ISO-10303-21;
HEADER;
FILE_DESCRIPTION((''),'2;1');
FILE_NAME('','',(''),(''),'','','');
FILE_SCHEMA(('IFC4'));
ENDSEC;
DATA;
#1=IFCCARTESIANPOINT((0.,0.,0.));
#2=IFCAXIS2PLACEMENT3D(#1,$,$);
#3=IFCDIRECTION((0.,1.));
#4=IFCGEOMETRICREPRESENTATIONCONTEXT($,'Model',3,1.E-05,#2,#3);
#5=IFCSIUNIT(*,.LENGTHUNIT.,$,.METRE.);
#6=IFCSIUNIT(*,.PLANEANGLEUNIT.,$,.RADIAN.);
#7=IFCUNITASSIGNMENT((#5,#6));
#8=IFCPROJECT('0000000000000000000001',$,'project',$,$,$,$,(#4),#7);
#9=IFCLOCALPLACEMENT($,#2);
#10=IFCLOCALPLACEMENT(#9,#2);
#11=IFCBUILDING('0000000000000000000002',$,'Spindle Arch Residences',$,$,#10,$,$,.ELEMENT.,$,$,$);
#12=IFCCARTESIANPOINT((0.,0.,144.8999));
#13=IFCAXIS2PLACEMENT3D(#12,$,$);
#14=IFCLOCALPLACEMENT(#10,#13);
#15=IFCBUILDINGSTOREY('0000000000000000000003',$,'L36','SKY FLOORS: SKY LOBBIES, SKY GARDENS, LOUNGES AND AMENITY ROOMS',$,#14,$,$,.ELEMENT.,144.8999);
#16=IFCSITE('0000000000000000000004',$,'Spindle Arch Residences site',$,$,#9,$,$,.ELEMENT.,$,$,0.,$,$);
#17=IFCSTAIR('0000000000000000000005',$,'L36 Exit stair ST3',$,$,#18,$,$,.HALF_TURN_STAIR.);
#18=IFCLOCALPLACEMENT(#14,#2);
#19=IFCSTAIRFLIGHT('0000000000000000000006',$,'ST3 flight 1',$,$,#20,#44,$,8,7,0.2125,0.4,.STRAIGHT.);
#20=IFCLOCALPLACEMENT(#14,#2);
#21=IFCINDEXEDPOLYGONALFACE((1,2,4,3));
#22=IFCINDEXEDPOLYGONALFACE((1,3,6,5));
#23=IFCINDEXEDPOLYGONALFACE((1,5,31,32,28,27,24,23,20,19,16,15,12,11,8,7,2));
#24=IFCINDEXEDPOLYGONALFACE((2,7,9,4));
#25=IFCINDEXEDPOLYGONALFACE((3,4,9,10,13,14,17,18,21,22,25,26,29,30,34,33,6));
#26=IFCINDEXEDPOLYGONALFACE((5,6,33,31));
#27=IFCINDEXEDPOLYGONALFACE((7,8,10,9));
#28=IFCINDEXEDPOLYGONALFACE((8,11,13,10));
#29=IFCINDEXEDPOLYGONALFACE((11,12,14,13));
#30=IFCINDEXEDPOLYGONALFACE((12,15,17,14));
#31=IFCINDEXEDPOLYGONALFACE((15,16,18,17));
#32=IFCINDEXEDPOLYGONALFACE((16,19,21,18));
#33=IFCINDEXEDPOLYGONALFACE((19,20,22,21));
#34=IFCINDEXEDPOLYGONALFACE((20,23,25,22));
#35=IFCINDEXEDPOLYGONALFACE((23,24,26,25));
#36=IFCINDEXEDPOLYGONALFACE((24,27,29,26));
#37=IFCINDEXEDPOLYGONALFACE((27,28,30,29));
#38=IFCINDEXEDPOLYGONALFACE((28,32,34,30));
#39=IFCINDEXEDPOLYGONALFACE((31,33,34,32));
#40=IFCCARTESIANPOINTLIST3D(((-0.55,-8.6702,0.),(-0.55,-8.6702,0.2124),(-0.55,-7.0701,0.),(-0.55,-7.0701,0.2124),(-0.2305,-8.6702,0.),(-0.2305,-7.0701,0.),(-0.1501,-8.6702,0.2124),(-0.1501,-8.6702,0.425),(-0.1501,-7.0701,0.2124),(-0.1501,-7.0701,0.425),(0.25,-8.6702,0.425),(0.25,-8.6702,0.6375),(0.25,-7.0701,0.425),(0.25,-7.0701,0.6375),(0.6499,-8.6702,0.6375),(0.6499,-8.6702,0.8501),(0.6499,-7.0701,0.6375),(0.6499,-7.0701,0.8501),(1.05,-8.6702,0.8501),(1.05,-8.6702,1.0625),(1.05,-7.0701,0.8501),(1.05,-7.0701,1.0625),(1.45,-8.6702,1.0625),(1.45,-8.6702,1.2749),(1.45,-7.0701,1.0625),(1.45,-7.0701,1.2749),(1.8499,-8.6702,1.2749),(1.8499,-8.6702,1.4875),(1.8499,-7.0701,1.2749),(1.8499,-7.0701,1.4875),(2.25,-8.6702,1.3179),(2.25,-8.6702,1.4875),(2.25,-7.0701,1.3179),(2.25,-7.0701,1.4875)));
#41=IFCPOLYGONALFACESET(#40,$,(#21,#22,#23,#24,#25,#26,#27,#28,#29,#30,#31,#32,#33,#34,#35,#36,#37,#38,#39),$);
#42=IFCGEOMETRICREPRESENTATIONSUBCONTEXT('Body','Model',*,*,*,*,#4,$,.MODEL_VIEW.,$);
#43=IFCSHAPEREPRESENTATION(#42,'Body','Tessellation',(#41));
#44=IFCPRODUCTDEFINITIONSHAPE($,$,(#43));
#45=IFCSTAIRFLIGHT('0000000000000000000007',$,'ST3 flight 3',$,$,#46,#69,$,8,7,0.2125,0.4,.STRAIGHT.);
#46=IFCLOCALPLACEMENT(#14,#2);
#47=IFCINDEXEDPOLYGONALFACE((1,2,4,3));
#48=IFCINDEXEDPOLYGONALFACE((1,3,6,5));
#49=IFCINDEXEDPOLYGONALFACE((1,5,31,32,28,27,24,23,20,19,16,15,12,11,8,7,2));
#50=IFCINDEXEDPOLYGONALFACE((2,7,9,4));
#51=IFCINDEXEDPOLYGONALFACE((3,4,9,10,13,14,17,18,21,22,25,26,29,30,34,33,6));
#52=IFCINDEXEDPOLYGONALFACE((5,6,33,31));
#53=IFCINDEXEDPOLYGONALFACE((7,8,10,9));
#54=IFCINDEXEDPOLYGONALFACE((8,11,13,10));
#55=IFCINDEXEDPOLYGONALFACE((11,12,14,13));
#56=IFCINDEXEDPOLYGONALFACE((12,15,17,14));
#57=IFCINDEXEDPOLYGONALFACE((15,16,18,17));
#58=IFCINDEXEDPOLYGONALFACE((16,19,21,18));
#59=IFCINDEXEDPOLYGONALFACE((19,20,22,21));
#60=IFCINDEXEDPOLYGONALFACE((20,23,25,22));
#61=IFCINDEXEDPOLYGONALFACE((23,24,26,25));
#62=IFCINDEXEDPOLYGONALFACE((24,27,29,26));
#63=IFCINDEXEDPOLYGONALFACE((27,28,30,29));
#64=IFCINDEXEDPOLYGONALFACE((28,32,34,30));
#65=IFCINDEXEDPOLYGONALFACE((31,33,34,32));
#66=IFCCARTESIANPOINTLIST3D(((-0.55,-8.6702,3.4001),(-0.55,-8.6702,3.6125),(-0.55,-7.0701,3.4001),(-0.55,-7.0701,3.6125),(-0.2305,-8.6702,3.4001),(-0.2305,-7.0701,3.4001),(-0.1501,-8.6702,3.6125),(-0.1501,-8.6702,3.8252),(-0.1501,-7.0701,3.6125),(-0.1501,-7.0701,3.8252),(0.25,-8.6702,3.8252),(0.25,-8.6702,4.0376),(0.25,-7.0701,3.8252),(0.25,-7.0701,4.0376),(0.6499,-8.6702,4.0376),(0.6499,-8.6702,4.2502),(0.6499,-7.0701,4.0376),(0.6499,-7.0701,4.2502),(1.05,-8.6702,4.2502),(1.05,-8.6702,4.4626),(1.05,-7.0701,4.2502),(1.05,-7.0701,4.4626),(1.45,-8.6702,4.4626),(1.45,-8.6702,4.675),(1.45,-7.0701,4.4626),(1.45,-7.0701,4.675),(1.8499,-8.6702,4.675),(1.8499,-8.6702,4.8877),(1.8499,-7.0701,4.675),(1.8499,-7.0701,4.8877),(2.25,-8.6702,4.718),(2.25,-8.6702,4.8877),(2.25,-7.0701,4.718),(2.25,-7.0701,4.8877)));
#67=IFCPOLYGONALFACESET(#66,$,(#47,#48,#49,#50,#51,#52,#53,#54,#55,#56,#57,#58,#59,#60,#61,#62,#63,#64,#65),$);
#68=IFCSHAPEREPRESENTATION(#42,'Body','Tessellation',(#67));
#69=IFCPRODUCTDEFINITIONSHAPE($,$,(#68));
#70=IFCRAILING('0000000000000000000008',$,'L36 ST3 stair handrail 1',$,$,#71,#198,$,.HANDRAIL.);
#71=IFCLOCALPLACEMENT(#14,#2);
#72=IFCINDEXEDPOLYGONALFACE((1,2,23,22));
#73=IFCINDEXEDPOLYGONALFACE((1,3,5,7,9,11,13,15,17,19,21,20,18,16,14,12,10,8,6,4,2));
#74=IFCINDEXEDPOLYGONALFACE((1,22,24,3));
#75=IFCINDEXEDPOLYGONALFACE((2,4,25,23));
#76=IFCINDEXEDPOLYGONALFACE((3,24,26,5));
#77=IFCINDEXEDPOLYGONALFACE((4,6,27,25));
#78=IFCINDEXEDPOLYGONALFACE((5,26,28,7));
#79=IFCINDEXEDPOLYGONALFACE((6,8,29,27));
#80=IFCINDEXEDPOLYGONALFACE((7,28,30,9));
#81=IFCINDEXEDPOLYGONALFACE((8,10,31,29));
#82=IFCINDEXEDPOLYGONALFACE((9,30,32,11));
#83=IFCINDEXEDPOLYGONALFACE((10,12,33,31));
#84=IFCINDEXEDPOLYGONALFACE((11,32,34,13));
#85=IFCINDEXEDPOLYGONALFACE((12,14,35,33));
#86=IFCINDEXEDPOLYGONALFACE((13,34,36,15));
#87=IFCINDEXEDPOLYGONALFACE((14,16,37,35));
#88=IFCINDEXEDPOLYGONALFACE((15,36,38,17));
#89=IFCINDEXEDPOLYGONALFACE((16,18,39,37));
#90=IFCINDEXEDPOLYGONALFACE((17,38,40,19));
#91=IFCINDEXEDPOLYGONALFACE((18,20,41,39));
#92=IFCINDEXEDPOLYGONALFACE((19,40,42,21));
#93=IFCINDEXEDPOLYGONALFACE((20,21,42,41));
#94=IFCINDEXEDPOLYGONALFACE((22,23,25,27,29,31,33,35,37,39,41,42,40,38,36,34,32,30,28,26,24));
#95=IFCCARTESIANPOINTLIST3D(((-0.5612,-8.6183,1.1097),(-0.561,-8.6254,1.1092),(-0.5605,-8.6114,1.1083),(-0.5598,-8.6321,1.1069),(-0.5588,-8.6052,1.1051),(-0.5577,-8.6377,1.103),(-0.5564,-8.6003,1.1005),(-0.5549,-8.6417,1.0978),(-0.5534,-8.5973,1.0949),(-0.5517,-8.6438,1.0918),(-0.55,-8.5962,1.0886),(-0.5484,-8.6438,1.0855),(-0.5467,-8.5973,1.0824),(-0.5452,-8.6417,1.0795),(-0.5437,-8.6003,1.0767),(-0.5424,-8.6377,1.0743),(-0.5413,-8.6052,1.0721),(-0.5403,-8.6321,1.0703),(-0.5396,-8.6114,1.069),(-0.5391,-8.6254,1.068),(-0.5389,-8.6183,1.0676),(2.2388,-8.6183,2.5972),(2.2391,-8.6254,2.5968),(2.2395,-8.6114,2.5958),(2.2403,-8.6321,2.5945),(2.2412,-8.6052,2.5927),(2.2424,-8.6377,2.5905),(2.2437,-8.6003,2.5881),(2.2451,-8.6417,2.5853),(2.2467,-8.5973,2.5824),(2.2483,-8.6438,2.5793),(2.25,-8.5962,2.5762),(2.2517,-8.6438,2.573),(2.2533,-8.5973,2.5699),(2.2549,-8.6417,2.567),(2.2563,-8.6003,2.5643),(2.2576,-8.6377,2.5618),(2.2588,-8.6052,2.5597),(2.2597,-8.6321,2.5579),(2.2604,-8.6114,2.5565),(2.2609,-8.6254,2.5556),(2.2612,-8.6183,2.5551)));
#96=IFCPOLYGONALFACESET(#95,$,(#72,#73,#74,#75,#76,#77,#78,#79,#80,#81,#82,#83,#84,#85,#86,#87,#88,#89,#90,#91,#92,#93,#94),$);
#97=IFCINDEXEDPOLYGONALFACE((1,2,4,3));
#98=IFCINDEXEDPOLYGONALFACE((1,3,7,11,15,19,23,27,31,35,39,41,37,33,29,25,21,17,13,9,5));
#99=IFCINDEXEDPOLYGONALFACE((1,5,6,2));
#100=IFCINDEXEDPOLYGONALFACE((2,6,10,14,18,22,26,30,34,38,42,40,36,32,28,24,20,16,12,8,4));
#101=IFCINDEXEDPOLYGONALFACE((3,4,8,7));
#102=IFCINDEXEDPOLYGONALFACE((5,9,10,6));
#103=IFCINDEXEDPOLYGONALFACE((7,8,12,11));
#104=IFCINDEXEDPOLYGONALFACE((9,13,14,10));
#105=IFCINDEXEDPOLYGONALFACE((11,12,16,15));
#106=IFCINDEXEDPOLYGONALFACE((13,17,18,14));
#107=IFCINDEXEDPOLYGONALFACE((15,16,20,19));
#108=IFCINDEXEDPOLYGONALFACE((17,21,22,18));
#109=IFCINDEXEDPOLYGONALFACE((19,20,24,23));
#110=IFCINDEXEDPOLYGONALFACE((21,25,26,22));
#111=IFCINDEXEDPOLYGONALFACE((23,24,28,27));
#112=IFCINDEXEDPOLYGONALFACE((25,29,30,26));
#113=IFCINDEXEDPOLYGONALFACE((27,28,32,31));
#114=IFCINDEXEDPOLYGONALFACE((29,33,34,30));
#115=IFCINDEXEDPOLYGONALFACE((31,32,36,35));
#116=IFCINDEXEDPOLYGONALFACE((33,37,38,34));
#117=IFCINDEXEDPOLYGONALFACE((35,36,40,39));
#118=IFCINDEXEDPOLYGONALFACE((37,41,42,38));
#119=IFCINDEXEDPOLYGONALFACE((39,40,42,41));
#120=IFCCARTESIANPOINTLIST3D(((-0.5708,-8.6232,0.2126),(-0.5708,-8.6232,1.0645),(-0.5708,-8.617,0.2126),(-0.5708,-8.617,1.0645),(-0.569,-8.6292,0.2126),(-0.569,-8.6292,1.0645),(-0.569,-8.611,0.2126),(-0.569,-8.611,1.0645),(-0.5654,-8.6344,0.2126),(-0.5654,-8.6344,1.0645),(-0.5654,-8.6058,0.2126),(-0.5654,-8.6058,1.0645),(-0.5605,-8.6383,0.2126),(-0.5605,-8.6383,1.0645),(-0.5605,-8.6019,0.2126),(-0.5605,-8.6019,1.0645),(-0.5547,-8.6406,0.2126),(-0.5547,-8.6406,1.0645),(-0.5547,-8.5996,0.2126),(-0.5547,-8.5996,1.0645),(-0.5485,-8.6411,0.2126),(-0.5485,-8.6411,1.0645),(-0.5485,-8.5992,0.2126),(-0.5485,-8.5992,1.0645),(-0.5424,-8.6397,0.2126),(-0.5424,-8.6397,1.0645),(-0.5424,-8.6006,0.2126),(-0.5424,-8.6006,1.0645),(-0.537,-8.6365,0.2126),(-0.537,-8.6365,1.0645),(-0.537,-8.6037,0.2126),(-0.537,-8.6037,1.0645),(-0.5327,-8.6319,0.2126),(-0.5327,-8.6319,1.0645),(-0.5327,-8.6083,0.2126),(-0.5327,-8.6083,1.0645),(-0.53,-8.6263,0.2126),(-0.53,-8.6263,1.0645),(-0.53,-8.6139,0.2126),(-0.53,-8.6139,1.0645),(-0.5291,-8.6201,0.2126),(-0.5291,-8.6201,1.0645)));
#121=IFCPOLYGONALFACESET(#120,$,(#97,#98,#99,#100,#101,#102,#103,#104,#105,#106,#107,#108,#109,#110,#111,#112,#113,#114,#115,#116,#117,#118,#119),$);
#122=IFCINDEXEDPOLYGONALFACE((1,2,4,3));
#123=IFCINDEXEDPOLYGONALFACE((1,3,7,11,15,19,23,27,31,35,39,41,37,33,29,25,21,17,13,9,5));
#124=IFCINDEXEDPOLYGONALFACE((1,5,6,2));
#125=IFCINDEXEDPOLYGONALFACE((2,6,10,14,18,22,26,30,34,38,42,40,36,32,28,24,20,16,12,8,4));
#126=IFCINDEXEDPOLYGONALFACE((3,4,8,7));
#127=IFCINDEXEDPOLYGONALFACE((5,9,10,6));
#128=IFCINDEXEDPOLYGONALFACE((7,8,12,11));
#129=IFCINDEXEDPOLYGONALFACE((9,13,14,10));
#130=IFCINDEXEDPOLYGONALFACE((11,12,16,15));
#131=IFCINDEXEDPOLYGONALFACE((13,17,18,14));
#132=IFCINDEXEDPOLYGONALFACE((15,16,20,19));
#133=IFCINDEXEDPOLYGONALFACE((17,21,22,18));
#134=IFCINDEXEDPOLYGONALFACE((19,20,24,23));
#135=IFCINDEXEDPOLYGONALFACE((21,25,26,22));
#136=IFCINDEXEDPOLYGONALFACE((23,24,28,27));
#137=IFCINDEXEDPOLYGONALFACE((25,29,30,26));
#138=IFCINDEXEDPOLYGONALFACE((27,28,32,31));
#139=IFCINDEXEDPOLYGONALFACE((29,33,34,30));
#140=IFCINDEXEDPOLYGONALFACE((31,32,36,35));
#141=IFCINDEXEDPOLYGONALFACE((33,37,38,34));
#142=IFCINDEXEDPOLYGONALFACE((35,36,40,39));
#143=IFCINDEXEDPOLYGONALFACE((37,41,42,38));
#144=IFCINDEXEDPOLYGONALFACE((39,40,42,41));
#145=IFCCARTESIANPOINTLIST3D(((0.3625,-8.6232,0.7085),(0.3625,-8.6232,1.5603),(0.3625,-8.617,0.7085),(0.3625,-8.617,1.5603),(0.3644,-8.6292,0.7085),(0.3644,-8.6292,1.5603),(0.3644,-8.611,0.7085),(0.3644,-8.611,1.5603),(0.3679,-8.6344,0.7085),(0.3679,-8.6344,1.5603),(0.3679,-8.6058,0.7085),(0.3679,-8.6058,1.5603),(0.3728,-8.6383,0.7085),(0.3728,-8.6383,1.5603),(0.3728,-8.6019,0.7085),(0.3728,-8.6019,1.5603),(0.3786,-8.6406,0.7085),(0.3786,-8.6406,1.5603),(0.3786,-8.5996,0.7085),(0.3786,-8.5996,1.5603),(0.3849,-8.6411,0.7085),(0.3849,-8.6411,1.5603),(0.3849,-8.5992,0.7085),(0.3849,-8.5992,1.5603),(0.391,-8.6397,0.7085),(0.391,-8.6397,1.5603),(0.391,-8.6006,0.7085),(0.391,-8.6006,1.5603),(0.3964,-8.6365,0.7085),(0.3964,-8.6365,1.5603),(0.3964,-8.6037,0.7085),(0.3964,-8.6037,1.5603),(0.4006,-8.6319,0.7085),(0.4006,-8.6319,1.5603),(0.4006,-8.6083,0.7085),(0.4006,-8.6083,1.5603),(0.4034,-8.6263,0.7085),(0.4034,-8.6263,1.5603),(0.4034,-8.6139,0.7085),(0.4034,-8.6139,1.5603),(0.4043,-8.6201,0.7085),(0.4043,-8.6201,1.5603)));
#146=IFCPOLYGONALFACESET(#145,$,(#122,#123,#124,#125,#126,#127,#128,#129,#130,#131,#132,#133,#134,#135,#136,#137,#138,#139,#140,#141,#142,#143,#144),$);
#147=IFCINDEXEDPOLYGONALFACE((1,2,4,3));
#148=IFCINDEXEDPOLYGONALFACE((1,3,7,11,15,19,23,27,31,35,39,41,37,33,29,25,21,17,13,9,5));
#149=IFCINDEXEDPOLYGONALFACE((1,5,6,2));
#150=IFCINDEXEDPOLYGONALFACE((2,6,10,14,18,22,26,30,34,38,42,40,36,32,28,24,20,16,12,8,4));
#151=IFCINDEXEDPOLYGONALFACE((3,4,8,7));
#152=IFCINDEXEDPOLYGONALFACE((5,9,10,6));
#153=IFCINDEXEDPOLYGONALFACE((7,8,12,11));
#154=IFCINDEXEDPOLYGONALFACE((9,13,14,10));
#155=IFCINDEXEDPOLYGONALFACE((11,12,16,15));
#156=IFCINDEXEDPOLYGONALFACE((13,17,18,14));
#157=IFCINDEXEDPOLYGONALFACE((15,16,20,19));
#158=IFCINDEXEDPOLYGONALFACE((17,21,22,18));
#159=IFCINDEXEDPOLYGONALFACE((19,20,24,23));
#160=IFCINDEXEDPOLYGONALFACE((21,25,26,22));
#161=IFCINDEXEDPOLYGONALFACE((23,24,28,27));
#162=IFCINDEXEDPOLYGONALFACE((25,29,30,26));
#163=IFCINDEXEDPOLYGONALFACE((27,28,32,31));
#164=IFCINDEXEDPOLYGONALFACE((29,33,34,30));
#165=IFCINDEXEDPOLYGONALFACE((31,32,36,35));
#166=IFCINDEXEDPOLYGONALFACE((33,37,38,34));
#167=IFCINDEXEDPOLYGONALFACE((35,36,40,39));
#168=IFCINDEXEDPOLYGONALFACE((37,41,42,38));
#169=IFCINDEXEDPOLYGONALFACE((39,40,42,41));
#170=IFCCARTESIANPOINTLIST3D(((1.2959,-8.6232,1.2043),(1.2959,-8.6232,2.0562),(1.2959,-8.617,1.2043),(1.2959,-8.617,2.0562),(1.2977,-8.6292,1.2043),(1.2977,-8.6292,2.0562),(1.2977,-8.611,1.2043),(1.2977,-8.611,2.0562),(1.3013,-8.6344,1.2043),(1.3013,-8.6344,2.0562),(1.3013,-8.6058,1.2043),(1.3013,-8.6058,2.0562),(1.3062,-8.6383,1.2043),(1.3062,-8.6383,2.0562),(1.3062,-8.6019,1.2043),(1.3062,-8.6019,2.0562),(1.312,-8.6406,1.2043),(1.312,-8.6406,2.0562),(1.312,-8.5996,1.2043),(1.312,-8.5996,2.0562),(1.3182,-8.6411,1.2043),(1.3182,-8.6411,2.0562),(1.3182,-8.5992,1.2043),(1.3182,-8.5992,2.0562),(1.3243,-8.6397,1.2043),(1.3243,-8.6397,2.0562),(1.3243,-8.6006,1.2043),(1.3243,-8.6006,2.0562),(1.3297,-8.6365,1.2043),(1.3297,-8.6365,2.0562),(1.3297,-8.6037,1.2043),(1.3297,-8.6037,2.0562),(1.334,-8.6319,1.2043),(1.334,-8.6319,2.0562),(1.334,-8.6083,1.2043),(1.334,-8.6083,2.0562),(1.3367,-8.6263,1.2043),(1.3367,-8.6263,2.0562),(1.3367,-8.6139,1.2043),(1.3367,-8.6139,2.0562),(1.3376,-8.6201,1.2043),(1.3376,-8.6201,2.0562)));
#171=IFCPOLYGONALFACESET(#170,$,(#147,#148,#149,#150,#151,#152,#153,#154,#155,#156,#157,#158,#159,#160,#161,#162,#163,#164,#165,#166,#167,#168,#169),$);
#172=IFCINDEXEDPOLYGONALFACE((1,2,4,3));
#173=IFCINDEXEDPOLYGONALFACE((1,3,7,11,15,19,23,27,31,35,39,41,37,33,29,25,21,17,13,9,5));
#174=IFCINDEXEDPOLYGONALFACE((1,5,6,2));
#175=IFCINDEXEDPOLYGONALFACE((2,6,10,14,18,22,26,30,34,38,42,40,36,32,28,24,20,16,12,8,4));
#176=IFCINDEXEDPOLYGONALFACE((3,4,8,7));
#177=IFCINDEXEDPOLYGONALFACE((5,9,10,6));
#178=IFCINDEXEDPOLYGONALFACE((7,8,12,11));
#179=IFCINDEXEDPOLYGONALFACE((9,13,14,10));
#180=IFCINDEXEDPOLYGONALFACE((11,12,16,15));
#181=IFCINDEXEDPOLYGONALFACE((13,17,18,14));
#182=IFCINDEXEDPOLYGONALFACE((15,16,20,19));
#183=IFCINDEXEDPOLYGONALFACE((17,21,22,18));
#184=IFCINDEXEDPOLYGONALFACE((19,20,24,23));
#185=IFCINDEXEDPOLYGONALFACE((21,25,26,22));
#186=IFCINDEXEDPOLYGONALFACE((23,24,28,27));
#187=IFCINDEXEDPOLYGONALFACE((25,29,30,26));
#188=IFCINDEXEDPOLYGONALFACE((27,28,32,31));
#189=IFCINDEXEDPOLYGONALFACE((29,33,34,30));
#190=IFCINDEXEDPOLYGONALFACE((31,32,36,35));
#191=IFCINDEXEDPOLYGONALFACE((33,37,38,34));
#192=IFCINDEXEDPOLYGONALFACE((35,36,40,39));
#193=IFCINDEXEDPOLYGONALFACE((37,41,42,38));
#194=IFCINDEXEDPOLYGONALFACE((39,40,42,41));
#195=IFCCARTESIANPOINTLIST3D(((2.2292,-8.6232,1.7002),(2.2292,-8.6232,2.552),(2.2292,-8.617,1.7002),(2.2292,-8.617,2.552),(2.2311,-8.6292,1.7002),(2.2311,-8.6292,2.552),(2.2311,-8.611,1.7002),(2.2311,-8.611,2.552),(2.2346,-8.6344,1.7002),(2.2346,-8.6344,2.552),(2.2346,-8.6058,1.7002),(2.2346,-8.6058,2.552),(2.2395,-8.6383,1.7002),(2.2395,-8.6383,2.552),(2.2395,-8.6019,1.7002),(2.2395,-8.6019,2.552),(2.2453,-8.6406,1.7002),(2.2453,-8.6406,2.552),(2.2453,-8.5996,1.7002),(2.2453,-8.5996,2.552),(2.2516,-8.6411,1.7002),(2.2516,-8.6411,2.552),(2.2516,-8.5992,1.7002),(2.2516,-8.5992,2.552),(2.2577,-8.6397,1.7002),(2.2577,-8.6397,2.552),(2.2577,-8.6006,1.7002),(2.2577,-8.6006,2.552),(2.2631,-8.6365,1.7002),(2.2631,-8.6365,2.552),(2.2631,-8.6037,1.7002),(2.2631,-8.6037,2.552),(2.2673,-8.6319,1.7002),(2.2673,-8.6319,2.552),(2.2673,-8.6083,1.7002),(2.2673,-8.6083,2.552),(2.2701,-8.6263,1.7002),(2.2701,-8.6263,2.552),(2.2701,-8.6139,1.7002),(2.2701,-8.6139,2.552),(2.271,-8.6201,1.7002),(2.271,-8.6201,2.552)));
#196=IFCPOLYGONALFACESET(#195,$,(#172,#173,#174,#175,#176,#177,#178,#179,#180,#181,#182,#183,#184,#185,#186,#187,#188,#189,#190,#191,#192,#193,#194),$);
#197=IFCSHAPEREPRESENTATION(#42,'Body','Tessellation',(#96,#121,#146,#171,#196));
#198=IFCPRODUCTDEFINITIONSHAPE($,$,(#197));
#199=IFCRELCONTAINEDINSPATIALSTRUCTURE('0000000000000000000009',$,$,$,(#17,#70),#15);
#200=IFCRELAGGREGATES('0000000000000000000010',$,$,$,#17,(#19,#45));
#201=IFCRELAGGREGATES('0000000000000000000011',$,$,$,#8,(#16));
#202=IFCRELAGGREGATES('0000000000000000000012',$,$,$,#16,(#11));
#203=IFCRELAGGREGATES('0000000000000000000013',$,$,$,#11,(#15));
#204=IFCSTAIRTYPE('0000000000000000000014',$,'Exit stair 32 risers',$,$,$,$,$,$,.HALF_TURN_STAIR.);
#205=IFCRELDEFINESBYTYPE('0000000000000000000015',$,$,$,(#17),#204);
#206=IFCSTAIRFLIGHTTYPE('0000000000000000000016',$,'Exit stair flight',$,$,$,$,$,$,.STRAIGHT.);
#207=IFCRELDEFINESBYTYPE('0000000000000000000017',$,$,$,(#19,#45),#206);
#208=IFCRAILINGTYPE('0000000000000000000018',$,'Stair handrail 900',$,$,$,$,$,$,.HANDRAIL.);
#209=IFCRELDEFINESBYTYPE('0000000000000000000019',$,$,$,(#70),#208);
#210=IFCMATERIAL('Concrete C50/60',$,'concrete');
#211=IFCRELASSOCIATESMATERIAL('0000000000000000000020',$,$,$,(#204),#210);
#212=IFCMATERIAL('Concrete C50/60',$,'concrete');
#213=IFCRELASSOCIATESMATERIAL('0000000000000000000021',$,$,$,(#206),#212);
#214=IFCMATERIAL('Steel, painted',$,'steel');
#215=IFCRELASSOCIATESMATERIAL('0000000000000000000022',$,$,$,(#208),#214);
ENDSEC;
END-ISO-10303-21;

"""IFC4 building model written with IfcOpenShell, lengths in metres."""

from ifc_helpers import new_model, si_unit, direction, frame, origin, origin_2d, place, context, subcontext, project, spatial, polyline, circle, outline, extrude, material, type_object, element, aggregate, save


model = new_model("IFC4")

# Units and contexts
model_context = context("Model", 3, precision=1e-05, world=origin(), true_north=direction((0.0, 1.0)))
body_context = subcontext(model_context, "Body", "Model", "MODEL_VIEW")
ifc_project = project(units=[si_unit("LENGTHUNIT", "METRE"), si_unit("PLANEANGLEUNIT", "RADIAN")], contexts=[model_context])

# Site, building, storey
site_placement = place(None, origin())
site = spatial("IfcSite", under=ifc_project, at=site_placement, Name="Spindle Arch Residences site", CompositionType="ELEMENT", RefElevation=0.0)
building_placement = place(site_placement, origin())
building = spatial("IfcBuilding", under=site, at=building_placement, Name="Spindle Arch Residences", CompositionType="ELEMENT")
storey_placement = place(building_placement, frame((0.0, 0.0, 144.8999)))
storey = spatial("IfcBuildingStorey", under=building, at=storey_placement, Name="L36", Description="SKY FLOORS: SKY LOBBIES, SKY GARDENS, LOUNGES AND AMENITY ROOMS", CompositionType="ELEMENT", Elevation=144.8999)

# Stair, stair flights
ifc_material_1 = material(Name="Concrete C50/60", Category="concrete")
stair_type = type_object("IfcStairType", Name="Exit stair 32 risers", PredefinedType="HALF_TURN_STAIR", material=ifc_material_1)
stair_placement = place(storey_placement, origin())
stair = element("IfcStair", 1, at=stair_placement, inside=storey, type_object=stair_type, Name="L36 Exit stair ST3", PredefinedType="HALF_TURN_STAIR")
ifc_material_2 = material(Name="Concrete C50/60", Category="concrete")
stair_flight_type = type_object("IfcStairFlightType", Name="Exit stair flight", PredefinedType="STRAIGHT", material=ifc_material_2)
stair_flight_1_placement = place(storey_placement, frame((-0.55, -7.8701, 0.0), z_axis=(0.0, 0.0, 1.0), x_axis=(1.0, 0.0, 0.0)))
stair_flight_1 = element("IfcStairFlight", 2, at=stair_flight_1_placement, type_object=stair_flight_type, Name="ST3 flight 1", NumberOfRisers=8, NumberOfTreads=7, PredefinedType="STRAIGHT", RiserHeight=0.2125, TreadLength=0.4, context=body_context, shape_type="SweptSolid", body=[
    extrude(outline(polyline([(0.0, 0.0), (0.0, 0.2124), (0.3999, 0.2124), (0.3999, 0.425), (0.8, 0.425), (0.8, 0.6375), (1.2, 0.6375), (1.2, 0.8501), (1.6001, 0.8501), (1.6001, 1.0625), (2.0, 1.0625), (2.0, 1.2749), (2.3999, 1.2749), (2.3999, 1.4875), (2.8, 1.4875), (2.8, 1.7), (2.8, 1.3179), (0.3196, 0.0), (0.0, 0.0)])), frame((0.0, 0.8, 0.0), z_axis=(0.0, -1.0, 0.0), x_axis=(1.0, 0.0, 0.0)), (0.0, 0.0, 1.0), 1.6001),
])
stair_flight_2_placement = place(storey_placement, frame((-0.55, -7.8701, 3.4001), z_axis=(0.0, 0.0, 1.0), x_axis=(1.0, 0.0, 0.0)))
stair_flight_2 = element("IfcStairFlight", 3, at=stair_flight_2_placement, type_object=stair_flight_type, Name="ST3 flight 3", NumberOfRisers=8, NumberOfTreads=7, PredefinedType="STRAIGHT", RiserHeight=0.2125, TreadLength=0.4, context=body_context, shape_type="SweptSolid", body=[
    extrude(outline(polyline([(0.0, 0.0), (0.0, 0.2124), (0.3999, 0.2124), (0.3999, 0.425), (0.8, 0.425), (0.8, 0.6375), (1.2, 0.6375), (1.2, 0.8501), (1.6001, 0.8501), (1.6001, 1.0625), (2.0, 1.0625), (2.0, 1.2749), (2.3999, 1.2749), (2.3999, 1.4875), (2.8, 1.4875), (2.8, 1.7), (2.8, 1.3179), (0.3196, 0.0), (0.0, 0.0)])), frame((0.0, 0.8, 0.0), z_axis=(0.0, -1.0, 0.0), x_axis=(1.0, 0.0, 0.0)), (0.0, 0.0, 1.0), 1.6001),
])
aggregate(stair, [stair_flight_1, stair_flight_2])

# Railing
ifc_material_3 = material(Name="Steel, painted", Category="steel")
railing_type_1 = type_object("IfcRailingType", Name="Stair handrail 900", PredefinedType="HANDRAIL", material=ifc_material_3)
for number, where, name in (
    (4, (-0.55, -8.6201, 0.2126), "L36 ST3 stair handrail 1"),
):
    element("IfcRailing", number, at=place(storey_placement, frame(where)), inside=storey, type_object=railing_type_1, Name=name, PredefinedType="HANDRAIL", context=body_context, shape_type="SweptSolid", body=[
        extrude(circle(Radius=0.0239, at=origin_2d()), frame((0.0, 0.0, 0.876), z_axis=(0.883113, 0.0, 0.469161), x_axis=(0.0, 1.0, 0.0)), (0.0, 0.0, 1.0), 3.1707),
        extrude(circle(Radius=0.021, at=origin_2d()), origin(), (0.0, 0.0, 1.0), 0.8518),
        extrude(circle(Radius=0.021, at=origin_2d()), frame((0.9333, 0.0, 0.4958)), (0.0, 0.0, 1.0), 0.8518),
        extrude(circle(Radius=0.021, at=origin_2d()), frame((1.8667, 0.0, 0.9917)), (0.0, 0.0, 1.0), 0.8518),
        extrude(circle(Radius=0.021, at=origin_2d()), frame((2.8, 0.0, 1.4875)), (0.0, 0.0, 1.0), 0.8518),
    ])

save(model, "model.ifc")
